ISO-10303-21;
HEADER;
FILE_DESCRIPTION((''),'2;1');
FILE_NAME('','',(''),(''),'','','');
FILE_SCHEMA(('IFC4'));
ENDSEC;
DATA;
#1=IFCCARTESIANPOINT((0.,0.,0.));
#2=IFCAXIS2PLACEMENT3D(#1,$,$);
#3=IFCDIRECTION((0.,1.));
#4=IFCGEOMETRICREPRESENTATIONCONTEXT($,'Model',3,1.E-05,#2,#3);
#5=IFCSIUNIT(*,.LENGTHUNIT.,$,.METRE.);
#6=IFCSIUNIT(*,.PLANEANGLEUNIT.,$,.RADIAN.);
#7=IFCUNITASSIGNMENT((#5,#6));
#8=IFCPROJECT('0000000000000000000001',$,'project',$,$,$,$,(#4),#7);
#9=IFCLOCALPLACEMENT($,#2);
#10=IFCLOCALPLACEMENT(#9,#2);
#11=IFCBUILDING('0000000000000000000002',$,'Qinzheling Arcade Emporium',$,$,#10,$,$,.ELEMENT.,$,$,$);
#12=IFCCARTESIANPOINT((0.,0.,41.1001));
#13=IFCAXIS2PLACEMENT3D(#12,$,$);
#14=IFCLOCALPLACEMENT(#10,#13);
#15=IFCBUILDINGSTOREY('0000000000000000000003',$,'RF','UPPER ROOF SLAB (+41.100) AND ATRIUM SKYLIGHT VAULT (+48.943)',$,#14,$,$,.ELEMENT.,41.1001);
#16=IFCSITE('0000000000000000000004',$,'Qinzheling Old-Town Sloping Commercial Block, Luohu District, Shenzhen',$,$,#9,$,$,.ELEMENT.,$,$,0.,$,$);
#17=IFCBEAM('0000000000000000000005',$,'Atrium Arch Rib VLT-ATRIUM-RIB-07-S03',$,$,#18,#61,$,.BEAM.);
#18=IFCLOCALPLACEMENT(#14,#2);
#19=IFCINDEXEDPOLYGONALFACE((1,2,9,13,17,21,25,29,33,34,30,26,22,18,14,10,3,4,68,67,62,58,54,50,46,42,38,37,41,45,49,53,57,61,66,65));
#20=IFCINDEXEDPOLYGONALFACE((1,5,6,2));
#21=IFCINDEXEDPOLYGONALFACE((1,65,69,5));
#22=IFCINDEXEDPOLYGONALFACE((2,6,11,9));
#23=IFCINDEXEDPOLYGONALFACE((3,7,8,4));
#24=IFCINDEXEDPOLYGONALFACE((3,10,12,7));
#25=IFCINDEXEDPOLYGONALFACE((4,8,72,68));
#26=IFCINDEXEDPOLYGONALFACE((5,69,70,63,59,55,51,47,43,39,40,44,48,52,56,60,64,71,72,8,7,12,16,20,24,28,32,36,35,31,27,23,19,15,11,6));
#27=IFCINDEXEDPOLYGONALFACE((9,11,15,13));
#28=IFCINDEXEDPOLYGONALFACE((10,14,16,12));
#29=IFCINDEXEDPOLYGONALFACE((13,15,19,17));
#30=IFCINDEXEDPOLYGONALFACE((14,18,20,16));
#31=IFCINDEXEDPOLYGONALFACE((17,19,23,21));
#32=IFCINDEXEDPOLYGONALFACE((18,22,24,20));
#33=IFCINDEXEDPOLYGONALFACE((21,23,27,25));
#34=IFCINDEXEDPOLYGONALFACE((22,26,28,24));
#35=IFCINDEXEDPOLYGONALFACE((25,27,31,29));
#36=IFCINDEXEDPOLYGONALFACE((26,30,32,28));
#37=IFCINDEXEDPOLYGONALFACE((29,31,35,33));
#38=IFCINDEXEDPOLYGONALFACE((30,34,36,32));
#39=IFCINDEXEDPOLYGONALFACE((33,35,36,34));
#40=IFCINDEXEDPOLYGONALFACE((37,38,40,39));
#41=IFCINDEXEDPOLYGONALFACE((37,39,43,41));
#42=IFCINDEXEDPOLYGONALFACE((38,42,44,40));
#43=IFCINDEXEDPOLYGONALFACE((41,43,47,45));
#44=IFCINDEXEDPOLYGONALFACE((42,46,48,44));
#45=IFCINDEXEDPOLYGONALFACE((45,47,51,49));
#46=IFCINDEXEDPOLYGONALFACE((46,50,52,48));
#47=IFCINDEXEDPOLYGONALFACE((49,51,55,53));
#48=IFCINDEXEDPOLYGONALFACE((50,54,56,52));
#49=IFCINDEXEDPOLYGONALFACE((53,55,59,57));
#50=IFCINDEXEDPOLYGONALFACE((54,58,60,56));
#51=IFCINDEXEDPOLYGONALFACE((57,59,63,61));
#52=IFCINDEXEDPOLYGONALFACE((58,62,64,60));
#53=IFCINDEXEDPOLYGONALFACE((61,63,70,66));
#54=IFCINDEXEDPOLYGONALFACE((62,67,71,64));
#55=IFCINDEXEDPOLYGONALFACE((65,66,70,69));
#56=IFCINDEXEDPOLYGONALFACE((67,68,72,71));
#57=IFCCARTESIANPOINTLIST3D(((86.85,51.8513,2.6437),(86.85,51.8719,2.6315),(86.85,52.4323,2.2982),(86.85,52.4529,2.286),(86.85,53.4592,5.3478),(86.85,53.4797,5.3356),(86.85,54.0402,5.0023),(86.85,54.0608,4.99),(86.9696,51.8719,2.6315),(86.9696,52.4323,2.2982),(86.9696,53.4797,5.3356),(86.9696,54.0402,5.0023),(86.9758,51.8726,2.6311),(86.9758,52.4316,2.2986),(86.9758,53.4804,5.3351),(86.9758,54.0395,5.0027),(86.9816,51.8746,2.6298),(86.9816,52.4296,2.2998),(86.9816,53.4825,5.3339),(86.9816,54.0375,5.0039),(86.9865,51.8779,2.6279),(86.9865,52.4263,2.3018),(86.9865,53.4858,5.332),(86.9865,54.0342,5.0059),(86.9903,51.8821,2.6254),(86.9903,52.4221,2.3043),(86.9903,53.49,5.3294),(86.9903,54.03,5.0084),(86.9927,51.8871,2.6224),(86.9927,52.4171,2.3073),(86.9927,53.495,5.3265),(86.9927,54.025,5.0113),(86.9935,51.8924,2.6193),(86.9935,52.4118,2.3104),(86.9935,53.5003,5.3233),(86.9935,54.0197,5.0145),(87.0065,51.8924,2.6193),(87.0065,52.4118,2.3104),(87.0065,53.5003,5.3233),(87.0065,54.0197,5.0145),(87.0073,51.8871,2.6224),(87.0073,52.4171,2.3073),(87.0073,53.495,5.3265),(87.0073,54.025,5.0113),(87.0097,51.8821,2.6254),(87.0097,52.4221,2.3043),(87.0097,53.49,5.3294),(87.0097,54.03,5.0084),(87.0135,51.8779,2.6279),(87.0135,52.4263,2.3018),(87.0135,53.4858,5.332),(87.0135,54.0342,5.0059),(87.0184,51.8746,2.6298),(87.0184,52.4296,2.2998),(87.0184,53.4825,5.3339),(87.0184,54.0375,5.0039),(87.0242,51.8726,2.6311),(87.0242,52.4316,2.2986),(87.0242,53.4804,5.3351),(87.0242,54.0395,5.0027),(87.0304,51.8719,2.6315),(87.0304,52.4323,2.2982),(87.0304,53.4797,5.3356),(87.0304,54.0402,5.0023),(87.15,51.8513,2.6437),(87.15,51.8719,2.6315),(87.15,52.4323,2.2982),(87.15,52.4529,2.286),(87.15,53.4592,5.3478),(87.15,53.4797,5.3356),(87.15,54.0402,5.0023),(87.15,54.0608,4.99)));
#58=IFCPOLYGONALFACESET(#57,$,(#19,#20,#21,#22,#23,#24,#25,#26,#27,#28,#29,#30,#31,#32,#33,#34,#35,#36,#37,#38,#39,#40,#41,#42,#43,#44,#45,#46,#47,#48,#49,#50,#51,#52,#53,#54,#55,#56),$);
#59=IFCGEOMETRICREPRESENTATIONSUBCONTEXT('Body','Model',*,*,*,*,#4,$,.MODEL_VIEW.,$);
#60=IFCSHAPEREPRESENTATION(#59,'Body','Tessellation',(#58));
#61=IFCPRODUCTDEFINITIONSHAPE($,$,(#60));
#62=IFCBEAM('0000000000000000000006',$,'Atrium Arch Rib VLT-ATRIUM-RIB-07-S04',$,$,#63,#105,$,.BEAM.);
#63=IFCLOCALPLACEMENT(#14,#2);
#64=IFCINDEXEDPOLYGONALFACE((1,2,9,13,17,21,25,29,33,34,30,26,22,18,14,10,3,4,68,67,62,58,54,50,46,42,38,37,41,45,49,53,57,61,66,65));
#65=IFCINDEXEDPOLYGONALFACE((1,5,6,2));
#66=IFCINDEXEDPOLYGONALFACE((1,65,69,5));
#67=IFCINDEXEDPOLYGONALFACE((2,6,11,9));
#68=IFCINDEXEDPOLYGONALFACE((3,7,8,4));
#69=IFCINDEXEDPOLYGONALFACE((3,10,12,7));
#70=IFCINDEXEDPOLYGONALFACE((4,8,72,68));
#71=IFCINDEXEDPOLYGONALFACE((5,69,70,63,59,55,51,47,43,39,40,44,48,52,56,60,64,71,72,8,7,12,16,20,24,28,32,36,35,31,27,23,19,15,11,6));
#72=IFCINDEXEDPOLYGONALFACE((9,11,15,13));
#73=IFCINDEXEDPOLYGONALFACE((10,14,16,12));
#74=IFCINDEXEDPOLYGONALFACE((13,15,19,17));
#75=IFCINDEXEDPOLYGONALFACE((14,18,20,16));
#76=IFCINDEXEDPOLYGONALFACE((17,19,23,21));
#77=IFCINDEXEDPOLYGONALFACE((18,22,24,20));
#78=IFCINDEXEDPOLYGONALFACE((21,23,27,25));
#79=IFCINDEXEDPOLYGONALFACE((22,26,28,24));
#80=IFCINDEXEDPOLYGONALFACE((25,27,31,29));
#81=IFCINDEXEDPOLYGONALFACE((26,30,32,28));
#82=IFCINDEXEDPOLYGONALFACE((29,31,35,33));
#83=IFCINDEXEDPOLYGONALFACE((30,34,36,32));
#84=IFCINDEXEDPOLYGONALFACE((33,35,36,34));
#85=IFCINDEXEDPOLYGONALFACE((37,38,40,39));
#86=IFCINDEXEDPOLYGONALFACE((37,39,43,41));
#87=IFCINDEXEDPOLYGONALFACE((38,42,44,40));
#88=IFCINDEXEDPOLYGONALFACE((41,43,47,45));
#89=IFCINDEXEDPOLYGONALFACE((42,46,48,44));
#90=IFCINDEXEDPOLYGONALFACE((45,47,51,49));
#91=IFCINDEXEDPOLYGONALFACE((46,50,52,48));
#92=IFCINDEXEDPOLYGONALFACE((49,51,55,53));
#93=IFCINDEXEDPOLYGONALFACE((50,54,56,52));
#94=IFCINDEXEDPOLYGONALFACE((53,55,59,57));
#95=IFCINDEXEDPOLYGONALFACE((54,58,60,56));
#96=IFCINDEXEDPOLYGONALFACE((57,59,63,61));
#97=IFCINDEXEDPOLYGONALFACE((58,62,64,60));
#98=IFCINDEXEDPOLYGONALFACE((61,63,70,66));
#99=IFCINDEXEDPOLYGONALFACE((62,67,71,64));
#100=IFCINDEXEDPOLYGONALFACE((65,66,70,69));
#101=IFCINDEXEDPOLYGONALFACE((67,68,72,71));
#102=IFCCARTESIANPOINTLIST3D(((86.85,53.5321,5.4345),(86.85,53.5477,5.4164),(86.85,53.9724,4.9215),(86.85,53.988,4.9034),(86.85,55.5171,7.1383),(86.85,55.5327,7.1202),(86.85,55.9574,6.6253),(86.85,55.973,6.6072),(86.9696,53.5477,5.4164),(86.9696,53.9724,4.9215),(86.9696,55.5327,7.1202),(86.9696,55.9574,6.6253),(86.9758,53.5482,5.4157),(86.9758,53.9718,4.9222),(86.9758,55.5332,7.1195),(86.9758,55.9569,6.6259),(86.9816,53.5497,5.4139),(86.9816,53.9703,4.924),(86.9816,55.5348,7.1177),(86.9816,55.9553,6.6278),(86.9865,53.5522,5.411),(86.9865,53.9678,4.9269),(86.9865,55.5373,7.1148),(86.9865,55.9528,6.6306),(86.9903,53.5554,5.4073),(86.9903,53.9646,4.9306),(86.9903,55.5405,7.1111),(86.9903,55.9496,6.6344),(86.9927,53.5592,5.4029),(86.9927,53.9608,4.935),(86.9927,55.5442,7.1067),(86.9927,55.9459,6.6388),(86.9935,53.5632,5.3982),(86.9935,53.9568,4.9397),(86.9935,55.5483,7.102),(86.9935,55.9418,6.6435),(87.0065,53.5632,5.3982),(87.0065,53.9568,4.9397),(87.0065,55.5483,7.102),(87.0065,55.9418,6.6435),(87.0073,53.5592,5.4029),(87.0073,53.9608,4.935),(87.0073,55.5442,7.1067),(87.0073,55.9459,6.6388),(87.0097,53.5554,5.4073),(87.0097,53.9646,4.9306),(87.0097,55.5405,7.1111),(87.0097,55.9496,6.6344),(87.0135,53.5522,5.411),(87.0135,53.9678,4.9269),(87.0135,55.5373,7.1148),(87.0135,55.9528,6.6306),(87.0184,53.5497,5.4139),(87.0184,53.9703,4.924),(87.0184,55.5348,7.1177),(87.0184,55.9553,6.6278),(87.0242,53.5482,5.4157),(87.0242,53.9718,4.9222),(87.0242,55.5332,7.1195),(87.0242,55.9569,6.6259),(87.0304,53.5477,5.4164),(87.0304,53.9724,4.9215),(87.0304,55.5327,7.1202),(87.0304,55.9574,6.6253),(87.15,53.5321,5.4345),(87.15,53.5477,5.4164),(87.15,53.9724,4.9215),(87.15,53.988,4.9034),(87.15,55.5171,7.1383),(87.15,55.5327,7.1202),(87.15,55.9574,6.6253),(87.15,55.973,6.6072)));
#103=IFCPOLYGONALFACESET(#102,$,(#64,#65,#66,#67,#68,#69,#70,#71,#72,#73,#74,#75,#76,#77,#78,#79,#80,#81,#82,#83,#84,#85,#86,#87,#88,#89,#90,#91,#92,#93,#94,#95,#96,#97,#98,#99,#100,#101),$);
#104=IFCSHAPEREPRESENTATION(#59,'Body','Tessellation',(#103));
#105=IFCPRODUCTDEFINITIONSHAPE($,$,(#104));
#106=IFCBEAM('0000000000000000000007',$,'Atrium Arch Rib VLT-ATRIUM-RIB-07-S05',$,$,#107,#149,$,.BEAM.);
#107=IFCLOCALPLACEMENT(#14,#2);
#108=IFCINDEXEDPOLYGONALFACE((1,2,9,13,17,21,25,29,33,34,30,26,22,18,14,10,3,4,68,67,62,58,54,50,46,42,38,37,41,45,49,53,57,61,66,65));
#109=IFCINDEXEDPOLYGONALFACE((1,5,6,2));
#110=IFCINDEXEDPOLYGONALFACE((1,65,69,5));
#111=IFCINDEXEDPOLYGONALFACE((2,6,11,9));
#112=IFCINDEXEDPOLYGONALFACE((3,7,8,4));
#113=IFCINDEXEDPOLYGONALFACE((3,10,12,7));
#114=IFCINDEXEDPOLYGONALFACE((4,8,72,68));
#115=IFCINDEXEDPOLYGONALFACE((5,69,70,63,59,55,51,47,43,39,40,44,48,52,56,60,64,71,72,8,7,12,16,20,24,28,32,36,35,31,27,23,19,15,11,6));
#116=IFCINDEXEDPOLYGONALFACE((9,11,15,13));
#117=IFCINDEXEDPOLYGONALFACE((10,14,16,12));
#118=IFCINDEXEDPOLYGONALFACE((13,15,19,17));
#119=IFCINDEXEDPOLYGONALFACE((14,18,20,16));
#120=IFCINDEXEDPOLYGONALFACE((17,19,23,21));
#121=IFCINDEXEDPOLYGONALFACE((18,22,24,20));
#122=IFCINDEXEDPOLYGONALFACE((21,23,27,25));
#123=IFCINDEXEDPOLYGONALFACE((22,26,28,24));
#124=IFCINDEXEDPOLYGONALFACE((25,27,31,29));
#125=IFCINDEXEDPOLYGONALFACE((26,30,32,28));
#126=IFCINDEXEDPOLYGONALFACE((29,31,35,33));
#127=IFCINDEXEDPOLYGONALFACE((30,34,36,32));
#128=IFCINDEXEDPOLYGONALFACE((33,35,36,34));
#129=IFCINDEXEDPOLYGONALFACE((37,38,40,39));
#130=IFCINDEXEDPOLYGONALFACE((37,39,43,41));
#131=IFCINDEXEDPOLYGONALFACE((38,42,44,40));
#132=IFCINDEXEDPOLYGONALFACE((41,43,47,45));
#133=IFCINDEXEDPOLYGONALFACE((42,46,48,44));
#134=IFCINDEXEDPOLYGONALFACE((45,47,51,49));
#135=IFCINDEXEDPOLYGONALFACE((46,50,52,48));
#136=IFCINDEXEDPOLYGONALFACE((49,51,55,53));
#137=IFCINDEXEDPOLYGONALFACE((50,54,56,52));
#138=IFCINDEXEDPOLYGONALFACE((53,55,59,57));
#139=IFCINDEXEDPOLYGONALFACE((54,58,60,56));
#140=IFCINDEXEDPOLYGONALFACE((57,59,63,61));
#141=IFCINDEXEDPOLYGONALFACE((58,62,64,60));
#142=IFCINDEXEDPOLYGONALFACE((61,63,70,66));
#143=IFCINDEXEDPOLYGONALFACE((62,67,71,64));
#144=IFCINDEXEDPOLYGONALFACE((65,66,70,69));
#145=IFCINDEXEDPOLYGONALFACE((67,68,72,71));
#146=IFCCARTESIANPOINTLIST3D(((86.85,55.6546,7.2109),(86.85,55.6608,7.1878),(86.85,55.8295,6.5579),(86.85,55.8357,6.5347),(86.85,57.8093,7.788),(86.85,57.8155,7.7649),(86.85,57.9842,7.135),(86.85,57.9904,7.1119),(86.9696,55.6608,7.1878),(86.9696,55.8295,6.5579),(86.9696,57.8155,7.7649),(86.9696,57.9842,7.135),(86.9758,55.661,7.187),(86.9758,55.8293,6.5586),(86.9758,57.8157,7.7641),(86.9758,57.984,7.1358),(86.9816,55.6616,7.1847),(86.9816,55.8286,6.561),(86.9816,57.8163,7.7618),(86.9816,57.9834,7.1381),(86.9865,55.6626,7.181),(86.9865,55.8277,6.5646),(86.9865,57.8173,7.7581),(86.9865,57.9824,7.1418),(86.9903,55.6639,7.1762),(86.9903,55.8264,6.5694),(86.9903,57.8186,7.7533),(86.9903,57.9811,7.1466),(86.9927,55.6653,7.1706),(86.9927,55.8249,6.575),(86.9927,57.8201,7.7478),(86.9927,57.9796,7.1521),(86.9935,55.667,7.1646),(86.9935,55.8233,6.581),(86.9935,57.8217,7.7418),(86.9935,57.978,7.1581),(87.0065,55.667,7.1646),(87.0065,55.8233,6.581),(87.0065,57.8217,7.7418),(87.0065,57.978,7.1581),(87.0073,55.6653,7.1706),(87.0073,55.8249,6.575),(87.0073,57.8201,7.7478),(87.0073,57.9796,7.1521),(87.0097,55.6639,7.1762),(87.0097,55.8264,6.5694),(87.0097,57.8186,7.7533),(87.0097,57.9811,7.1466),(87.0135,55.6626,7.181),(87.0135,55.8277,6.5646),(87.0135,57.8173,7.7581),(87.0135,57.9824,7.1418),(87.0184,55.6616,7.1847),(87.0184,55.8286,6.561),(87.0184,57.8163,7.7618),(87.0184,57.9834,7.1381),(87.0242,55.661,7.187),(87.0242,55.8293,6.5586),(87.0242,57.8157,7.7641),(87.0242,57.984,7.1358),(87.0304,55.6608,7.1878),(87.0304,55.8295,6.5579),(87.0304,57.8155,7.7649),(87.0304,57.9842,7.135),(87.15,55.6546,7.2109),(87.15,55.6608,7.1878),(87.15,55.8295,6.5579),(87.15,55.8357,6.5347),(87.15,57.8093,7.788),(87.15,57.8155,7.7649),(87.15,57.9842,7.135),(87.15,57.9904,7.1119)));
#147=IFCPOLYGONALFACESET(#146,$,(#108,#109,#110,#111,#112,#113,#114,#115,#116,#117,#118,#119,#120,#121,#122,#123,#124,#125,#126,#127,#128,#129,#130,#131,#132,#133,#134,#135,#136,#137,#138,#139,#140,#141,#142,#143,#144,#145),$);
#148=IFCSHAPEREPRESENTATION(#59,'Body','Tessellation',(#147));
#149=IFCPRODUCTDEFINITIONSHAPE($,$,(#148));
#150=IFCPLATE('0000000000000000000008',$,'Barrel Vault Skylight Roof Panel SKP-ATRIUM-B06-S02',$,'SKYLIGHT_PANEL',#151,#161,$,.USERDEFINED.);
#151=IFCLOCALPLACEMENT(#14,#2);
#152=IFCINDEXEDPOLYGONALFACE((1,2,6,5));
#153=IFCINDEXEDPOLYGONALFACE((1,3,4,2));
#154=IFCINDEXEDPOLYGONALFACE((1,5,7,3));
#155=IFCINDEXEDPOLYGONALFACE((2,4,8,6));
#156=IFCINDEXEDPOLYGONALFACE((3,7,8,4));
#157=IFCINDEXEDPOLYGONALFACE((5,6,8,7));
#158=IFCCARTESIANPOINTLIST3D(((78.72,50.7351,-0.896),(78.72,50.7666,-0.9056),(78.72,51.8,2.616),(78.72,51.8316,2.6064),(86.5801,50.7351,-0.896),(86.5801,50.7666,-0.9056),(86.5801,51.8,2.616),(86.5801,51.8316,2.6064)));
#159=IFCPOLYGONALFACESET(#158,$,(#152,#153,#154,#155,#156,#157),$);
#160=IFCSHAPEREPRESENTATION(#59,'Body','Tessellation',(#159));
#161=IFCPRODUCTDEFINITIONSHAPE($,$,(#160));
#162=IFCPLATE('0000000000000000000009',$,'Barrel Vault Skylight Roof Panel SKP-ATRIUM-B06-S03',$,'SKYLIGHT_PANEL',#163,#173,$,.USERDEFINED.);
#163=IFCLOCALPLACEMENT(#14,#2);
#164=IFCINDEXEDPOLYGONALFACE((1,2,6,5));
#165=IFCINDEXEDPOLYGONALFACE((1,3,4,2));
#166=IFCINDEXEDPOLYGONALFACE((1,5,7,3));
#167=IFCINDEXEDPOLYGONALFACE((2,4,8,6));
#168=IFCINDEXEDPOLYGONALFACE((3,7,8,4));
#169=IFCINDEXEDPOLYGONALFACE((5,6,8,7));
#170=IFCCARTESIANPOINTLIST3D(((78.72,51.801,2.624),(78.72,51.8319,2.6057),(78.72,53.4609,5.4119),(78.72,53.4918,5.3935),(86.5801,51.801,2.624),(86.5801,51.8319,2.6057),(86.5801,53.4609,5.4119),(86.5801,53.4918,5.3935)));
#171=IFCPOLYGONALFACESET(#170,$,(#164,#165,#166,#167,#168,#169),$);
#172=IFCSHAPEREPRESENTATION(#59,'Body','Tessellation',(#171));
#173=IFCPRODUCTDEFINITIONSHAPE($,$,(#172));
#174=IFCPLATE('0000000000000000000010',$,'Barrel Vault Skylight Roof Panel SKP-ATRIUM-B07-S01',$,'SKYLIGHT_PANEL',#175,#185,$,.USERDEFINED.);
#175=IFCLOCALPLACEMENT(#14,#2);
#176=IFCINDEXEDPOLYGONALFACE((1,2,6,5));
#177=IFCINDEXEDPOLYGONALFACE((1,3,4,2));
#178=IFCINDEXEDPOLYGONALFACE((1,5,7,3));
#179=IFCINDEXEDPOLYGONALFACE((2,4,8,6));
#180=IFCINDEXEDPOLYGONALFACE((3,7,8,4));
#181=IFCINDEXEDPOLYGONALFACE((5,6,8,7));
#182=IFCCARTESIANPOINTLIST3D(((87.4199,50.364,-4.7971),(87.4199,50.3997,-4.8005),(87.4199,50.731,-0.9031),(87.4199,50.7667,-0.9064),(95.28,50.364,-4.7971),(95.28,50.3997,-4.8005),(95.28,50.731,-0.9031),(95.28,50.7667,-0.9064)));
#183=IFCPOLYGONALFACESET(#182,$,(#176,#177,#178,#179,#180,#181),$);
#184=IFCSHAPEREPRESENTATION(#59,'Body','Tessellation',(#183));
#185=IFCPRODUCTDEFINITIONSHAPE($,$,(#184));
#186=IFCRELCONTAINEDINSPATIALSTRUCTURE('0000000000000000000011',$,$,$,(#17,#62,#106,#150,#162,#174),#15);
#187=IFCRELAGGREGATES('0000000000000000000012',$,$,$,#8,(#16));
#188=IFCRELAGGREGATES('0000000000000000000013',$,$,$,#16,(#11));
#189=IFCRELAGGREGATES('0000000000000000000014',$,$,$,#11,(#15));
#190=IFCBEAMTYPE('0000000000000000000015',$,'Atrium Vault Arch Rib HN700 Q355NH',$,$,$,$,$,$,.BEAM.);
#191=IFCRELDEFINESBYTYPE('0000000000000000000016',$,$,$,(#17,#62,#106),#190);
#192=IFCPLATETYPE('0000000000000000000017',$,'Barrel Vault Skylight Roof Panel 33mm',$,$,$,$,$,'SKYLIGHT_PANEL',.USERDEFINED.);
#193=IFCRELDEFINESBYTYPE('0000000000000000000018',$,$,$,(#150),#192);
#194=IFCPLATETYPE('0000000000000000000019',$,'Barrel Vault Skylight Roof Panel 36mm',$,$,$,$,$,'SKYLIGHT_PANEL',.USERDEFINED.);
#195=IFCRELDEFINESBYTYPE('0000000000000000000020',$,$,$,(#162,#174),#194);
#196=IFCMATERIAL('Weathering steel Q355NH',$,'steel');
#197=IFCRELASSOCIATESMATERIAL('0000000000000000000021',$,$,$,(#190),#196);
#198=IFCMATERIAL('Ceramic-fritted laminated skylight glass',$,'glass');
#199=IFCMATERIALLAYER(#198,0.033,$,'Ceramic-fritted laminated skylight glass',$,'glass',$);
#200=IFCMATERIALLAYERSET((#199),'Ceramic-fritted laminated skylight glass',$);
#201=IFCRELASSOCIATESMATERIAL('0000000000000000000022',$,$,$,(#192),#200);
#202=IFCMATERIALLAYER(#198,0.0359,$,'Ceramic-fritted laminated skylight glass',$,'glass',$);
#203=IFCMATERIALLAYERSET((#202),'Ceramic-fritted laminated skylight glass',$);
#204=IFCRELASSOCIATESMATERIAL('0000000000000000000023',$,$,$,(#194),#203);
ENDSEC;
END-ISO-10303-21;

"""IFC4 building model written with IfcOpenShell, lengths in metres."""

from ifc_helpers import new_model, si_unit, direction, frame, origin, origin_2d, place, context, subcontext, project, spatial, polyline, i_section, outline, extrude, material, layer, layer_set, material_profile, profile_set, type_object, element, save


model = new_model("IFC4")

# Units and contexts
model_context = context("Model", 3, precision=1e-05, world=origin(), true_north=direction((0.0, 1.0)))
body_context = subcontext(model_context, "Body", "Model", "MODEL_VIEW")
ifc_project = project(units=[si_unit("LENGTHUNIT", "METRE"), si_unit("PLANEANGLEUNIT", "RADIAN")], contexts=[model_context])

# Site, building, storey
site_placement = place(None, origin())
site = spatial("IfcSite", under=ifc_project, at=site_placement, Name="Qinzheling Old-Town Sloping Commercial Block, Luohu District, Shenzhen", CompositionType="ELEMENT", RefElevation=0.0)
building_placement = place(site_placement, origin())
building = spatial("IfcBuilding", under=site, at=building_placement, Name="Qinzheling Arcade Emporium", CompositionType="ELEMENT")
storey_placement = place(building_placement, frame((0.0, 0.0, 41.1001)))
storey = spatial("IfcBuildingStorey", under=building, at=storey_placement, Name="RF", Description="UPPER ROOF SLAB (+41.100) AND ATRIUM SKYLIGHT VAULT (+48.943)", CompositionType="ELEMENT", Elevation=41.1001)

# Shared definitions
ifc_material_1 = material(Name="Weathering steel Q355NH", Category="steel")

# Beams
ifc_material_profile_1 = material_profile(ifc_material_1, i_section(OverallWidth=0.3, OverallDepth=0.7, WebThickness=0.0129, FlangeThickness=0.0239, FilletRadius=0.0239, at=origin_2d()), Name="HN 700x300x13x24", Category="steel")
ifc_profile_set_1 = profile_set([ifc_material_profile_1], Name="Weathering steel Q355NH")
beam_type_1 = type_object("IfcBeamType", Name="Atrium Vault Arch Rib HN700 Q355NH", PredefinedType="BEAM", material=ifc_profile_set_1)
beam_1_placement = place(storey_placement, frame((87.0, 52.1521, 2.4648), z_axis=(0.0, 0.511091, 0.859527), x_axis=(-1.0, 0.0, 0.0)))
element("IfcBeam", 1, at=beam_1_placement, inside=storey, type_object=beam_type_1, Name="Atrium Arch Rib VLT-ATRIUM-RIB-07-S03", PredefinedType="BEAM", context=body_context, shape_type="SweptSolid", body=[
    extrude(i_section(OverallWidth=0.3, OverallDepth=0.7, WebThickness=0.0129, FlangeThickness=0.0239, FilletRadius=0.0239, at=origin_2d()), origin(), (0.0, 0.0, 1.0), 3.146),
])
beam_2_placement = place(storey_placement, frame((87.0, 53.76, 5.1689), z_axis=(0.0, 0.758815, 0.651306), x_axis=(-1.0, 0.0, 0.0)))
element("IfcBeam", 2, at=beam_2_placement, inside=storey, type_object=beam_type_1, Name="Atrium Arch Rib VLT-ATRIUM-RIB-07-S04", PredefinedType="BEAM", context=body_context, shape_type="SweptSolid", body=[
    extrude(i_section(OverallWidth=0.3, OverallDepth=0.7, WebThickness=0.0129, FlangeThickness=0.0239, FilletRadius=0.0239, at=origin_2d()), origin(), (0.0, 0.0, 1.0), 2.616),
])
beam_3_placement = place(storey_placement, frame((87.0, 55.7451, 6.8728), z_axis=(0.0, 0.965951, 0.258725), x_axis=(-1.0, 0.0, 0.0)))
element("IfcBeam", 3, at=beam_3_placement, inside=storey, type_object=beam_type_1, Name="Atrium Arch Rib VLT-ATRIUM-RIB-07-S05", PredefinedType="BEAM", context=body_context, shape_type="SweptSolid", body=[
    extrude(i_section(OverallWidth=0.3, OverallDepth=0.7, WebThickness=0.0129, FlangeThickness=0.0239, FilletRadius=0.0239, at=origin_2d()), origin(), (0.0, 0.0, 1.0), 2.2307),
])

# Plates
ifc_material_2 = material(Name="Ceramic-fritted laminated skylight glass", Category="glass")
ifc_layer_1 = layer(ifc_material_2, 0.033, Name="Ceramic-fritted laminated skylight glass", Category="glass")
ifc_layer_set_1 = layer_set([ifc_layer_1], Name="Ceramic-fritted laminated skylight glass")
plate_type_1 = type_object("IfcPlateType", Name="Barrel Vault Skylight Roof Panel 33mm", ElementType="SKYLIGHT_PANEL", PredefinedType="USERDEFINED", material=ifc_layer_set_1)
plate_1_placement = place(storey_placement, frame((78.72, 50.7351, -0.896), z_axis=(0.0, -0.956971, 0.290185), x_axis=(1.0, 0.0, 0.0)))
element("IfcPlate", 4, at=plate_1_placement, inside=storey, type_object=plate_type_1, Name="Barrel Vault Skylight Roof Panel SKP-ATRIUM-B06-S02", ObjectType="SKYLIGHT_PANEL", PredefinedType="USERDEFINED", context=body_context, shape_type="SweptSolid", body=[
    extrude(outline(polyline([(0.0, 0.0), (7.8601, 0.0), (7.8601, 3.6699), (0.0, 3.6699), (0.0, 0.0)])), origin(), (0.0, 0.0, -1.0), 0.033),
])
ifc_layer_2 = layer(ifc_material_2, 0.0359, Name="Ceramic-fritted laminated skylight glass", Category="glass")
ifc_layer_set_2 = layer_set([ifc_layer_2], Name="Ceramic-fritted laminated skylight glass")
plate_type_2 = type_object("IfcPlateType", Name="Barrel Vault Skylight Roof Panel 36mm", ElementType="SKYLIGHT_PANEL", PredefinedType="USERDEFINED", material=ifc_layer_set_2)
plate_2_placement = place(storey_placement, frame((78.72, 51.801, 2.624), z_axis=(0.0, -0.859228, 0.511594), x_axis=(1.0, 0.0, 0.0)))
element("IfcPlate", 5, at=plate_2_placement, inside=storey, type_object=plate_type_2, Name="Barrel Vault Skylight Roof Panel SKP-ATRIUM-B06-S03", ObjectType="SKYLIGHT_PANEL", PredefinedType="USERDEFINED", context=body_context, shape_type="SweptSolid", body=[
    extrude(outline(polyline([(0.0, 0.0), (7.8601, 0.0), (7.8601, 3.2446), (0.0, 3.2446), (0.0, 0.0)])), origin(), (0.0, 0.0, -1.0), 0.0359),
])
plate_3_placement = place(storey_placement, frame((87.4199, 50.364, -4.7971), z_axis=(0.0, -0.99559, 0.093816), x_axis=(1.0, 0.0, 0.0)))
element("IfcPlate", 6, at=plate_3_placement, inside=storey, type_object=plate_type_2, Name="Barrel Vault Skylight Roof Panel SKP-ATRIUM-B07-S01", ObjectType="SKYLIGHT_PANEL", PredefinedType="USERDEFINED", context=body_context, shape_type="SweptSolid", body=[
    extrude(outline(polyline([(0.0, 0.0), (7.8601, 0.0), (7.8601, 3.9113), (0.0, 3.9113), (0.0, 0.0)])), origin(), (0.0, 0.0, -1.0), 0.0359),
])

save(model, "model.ifc")
